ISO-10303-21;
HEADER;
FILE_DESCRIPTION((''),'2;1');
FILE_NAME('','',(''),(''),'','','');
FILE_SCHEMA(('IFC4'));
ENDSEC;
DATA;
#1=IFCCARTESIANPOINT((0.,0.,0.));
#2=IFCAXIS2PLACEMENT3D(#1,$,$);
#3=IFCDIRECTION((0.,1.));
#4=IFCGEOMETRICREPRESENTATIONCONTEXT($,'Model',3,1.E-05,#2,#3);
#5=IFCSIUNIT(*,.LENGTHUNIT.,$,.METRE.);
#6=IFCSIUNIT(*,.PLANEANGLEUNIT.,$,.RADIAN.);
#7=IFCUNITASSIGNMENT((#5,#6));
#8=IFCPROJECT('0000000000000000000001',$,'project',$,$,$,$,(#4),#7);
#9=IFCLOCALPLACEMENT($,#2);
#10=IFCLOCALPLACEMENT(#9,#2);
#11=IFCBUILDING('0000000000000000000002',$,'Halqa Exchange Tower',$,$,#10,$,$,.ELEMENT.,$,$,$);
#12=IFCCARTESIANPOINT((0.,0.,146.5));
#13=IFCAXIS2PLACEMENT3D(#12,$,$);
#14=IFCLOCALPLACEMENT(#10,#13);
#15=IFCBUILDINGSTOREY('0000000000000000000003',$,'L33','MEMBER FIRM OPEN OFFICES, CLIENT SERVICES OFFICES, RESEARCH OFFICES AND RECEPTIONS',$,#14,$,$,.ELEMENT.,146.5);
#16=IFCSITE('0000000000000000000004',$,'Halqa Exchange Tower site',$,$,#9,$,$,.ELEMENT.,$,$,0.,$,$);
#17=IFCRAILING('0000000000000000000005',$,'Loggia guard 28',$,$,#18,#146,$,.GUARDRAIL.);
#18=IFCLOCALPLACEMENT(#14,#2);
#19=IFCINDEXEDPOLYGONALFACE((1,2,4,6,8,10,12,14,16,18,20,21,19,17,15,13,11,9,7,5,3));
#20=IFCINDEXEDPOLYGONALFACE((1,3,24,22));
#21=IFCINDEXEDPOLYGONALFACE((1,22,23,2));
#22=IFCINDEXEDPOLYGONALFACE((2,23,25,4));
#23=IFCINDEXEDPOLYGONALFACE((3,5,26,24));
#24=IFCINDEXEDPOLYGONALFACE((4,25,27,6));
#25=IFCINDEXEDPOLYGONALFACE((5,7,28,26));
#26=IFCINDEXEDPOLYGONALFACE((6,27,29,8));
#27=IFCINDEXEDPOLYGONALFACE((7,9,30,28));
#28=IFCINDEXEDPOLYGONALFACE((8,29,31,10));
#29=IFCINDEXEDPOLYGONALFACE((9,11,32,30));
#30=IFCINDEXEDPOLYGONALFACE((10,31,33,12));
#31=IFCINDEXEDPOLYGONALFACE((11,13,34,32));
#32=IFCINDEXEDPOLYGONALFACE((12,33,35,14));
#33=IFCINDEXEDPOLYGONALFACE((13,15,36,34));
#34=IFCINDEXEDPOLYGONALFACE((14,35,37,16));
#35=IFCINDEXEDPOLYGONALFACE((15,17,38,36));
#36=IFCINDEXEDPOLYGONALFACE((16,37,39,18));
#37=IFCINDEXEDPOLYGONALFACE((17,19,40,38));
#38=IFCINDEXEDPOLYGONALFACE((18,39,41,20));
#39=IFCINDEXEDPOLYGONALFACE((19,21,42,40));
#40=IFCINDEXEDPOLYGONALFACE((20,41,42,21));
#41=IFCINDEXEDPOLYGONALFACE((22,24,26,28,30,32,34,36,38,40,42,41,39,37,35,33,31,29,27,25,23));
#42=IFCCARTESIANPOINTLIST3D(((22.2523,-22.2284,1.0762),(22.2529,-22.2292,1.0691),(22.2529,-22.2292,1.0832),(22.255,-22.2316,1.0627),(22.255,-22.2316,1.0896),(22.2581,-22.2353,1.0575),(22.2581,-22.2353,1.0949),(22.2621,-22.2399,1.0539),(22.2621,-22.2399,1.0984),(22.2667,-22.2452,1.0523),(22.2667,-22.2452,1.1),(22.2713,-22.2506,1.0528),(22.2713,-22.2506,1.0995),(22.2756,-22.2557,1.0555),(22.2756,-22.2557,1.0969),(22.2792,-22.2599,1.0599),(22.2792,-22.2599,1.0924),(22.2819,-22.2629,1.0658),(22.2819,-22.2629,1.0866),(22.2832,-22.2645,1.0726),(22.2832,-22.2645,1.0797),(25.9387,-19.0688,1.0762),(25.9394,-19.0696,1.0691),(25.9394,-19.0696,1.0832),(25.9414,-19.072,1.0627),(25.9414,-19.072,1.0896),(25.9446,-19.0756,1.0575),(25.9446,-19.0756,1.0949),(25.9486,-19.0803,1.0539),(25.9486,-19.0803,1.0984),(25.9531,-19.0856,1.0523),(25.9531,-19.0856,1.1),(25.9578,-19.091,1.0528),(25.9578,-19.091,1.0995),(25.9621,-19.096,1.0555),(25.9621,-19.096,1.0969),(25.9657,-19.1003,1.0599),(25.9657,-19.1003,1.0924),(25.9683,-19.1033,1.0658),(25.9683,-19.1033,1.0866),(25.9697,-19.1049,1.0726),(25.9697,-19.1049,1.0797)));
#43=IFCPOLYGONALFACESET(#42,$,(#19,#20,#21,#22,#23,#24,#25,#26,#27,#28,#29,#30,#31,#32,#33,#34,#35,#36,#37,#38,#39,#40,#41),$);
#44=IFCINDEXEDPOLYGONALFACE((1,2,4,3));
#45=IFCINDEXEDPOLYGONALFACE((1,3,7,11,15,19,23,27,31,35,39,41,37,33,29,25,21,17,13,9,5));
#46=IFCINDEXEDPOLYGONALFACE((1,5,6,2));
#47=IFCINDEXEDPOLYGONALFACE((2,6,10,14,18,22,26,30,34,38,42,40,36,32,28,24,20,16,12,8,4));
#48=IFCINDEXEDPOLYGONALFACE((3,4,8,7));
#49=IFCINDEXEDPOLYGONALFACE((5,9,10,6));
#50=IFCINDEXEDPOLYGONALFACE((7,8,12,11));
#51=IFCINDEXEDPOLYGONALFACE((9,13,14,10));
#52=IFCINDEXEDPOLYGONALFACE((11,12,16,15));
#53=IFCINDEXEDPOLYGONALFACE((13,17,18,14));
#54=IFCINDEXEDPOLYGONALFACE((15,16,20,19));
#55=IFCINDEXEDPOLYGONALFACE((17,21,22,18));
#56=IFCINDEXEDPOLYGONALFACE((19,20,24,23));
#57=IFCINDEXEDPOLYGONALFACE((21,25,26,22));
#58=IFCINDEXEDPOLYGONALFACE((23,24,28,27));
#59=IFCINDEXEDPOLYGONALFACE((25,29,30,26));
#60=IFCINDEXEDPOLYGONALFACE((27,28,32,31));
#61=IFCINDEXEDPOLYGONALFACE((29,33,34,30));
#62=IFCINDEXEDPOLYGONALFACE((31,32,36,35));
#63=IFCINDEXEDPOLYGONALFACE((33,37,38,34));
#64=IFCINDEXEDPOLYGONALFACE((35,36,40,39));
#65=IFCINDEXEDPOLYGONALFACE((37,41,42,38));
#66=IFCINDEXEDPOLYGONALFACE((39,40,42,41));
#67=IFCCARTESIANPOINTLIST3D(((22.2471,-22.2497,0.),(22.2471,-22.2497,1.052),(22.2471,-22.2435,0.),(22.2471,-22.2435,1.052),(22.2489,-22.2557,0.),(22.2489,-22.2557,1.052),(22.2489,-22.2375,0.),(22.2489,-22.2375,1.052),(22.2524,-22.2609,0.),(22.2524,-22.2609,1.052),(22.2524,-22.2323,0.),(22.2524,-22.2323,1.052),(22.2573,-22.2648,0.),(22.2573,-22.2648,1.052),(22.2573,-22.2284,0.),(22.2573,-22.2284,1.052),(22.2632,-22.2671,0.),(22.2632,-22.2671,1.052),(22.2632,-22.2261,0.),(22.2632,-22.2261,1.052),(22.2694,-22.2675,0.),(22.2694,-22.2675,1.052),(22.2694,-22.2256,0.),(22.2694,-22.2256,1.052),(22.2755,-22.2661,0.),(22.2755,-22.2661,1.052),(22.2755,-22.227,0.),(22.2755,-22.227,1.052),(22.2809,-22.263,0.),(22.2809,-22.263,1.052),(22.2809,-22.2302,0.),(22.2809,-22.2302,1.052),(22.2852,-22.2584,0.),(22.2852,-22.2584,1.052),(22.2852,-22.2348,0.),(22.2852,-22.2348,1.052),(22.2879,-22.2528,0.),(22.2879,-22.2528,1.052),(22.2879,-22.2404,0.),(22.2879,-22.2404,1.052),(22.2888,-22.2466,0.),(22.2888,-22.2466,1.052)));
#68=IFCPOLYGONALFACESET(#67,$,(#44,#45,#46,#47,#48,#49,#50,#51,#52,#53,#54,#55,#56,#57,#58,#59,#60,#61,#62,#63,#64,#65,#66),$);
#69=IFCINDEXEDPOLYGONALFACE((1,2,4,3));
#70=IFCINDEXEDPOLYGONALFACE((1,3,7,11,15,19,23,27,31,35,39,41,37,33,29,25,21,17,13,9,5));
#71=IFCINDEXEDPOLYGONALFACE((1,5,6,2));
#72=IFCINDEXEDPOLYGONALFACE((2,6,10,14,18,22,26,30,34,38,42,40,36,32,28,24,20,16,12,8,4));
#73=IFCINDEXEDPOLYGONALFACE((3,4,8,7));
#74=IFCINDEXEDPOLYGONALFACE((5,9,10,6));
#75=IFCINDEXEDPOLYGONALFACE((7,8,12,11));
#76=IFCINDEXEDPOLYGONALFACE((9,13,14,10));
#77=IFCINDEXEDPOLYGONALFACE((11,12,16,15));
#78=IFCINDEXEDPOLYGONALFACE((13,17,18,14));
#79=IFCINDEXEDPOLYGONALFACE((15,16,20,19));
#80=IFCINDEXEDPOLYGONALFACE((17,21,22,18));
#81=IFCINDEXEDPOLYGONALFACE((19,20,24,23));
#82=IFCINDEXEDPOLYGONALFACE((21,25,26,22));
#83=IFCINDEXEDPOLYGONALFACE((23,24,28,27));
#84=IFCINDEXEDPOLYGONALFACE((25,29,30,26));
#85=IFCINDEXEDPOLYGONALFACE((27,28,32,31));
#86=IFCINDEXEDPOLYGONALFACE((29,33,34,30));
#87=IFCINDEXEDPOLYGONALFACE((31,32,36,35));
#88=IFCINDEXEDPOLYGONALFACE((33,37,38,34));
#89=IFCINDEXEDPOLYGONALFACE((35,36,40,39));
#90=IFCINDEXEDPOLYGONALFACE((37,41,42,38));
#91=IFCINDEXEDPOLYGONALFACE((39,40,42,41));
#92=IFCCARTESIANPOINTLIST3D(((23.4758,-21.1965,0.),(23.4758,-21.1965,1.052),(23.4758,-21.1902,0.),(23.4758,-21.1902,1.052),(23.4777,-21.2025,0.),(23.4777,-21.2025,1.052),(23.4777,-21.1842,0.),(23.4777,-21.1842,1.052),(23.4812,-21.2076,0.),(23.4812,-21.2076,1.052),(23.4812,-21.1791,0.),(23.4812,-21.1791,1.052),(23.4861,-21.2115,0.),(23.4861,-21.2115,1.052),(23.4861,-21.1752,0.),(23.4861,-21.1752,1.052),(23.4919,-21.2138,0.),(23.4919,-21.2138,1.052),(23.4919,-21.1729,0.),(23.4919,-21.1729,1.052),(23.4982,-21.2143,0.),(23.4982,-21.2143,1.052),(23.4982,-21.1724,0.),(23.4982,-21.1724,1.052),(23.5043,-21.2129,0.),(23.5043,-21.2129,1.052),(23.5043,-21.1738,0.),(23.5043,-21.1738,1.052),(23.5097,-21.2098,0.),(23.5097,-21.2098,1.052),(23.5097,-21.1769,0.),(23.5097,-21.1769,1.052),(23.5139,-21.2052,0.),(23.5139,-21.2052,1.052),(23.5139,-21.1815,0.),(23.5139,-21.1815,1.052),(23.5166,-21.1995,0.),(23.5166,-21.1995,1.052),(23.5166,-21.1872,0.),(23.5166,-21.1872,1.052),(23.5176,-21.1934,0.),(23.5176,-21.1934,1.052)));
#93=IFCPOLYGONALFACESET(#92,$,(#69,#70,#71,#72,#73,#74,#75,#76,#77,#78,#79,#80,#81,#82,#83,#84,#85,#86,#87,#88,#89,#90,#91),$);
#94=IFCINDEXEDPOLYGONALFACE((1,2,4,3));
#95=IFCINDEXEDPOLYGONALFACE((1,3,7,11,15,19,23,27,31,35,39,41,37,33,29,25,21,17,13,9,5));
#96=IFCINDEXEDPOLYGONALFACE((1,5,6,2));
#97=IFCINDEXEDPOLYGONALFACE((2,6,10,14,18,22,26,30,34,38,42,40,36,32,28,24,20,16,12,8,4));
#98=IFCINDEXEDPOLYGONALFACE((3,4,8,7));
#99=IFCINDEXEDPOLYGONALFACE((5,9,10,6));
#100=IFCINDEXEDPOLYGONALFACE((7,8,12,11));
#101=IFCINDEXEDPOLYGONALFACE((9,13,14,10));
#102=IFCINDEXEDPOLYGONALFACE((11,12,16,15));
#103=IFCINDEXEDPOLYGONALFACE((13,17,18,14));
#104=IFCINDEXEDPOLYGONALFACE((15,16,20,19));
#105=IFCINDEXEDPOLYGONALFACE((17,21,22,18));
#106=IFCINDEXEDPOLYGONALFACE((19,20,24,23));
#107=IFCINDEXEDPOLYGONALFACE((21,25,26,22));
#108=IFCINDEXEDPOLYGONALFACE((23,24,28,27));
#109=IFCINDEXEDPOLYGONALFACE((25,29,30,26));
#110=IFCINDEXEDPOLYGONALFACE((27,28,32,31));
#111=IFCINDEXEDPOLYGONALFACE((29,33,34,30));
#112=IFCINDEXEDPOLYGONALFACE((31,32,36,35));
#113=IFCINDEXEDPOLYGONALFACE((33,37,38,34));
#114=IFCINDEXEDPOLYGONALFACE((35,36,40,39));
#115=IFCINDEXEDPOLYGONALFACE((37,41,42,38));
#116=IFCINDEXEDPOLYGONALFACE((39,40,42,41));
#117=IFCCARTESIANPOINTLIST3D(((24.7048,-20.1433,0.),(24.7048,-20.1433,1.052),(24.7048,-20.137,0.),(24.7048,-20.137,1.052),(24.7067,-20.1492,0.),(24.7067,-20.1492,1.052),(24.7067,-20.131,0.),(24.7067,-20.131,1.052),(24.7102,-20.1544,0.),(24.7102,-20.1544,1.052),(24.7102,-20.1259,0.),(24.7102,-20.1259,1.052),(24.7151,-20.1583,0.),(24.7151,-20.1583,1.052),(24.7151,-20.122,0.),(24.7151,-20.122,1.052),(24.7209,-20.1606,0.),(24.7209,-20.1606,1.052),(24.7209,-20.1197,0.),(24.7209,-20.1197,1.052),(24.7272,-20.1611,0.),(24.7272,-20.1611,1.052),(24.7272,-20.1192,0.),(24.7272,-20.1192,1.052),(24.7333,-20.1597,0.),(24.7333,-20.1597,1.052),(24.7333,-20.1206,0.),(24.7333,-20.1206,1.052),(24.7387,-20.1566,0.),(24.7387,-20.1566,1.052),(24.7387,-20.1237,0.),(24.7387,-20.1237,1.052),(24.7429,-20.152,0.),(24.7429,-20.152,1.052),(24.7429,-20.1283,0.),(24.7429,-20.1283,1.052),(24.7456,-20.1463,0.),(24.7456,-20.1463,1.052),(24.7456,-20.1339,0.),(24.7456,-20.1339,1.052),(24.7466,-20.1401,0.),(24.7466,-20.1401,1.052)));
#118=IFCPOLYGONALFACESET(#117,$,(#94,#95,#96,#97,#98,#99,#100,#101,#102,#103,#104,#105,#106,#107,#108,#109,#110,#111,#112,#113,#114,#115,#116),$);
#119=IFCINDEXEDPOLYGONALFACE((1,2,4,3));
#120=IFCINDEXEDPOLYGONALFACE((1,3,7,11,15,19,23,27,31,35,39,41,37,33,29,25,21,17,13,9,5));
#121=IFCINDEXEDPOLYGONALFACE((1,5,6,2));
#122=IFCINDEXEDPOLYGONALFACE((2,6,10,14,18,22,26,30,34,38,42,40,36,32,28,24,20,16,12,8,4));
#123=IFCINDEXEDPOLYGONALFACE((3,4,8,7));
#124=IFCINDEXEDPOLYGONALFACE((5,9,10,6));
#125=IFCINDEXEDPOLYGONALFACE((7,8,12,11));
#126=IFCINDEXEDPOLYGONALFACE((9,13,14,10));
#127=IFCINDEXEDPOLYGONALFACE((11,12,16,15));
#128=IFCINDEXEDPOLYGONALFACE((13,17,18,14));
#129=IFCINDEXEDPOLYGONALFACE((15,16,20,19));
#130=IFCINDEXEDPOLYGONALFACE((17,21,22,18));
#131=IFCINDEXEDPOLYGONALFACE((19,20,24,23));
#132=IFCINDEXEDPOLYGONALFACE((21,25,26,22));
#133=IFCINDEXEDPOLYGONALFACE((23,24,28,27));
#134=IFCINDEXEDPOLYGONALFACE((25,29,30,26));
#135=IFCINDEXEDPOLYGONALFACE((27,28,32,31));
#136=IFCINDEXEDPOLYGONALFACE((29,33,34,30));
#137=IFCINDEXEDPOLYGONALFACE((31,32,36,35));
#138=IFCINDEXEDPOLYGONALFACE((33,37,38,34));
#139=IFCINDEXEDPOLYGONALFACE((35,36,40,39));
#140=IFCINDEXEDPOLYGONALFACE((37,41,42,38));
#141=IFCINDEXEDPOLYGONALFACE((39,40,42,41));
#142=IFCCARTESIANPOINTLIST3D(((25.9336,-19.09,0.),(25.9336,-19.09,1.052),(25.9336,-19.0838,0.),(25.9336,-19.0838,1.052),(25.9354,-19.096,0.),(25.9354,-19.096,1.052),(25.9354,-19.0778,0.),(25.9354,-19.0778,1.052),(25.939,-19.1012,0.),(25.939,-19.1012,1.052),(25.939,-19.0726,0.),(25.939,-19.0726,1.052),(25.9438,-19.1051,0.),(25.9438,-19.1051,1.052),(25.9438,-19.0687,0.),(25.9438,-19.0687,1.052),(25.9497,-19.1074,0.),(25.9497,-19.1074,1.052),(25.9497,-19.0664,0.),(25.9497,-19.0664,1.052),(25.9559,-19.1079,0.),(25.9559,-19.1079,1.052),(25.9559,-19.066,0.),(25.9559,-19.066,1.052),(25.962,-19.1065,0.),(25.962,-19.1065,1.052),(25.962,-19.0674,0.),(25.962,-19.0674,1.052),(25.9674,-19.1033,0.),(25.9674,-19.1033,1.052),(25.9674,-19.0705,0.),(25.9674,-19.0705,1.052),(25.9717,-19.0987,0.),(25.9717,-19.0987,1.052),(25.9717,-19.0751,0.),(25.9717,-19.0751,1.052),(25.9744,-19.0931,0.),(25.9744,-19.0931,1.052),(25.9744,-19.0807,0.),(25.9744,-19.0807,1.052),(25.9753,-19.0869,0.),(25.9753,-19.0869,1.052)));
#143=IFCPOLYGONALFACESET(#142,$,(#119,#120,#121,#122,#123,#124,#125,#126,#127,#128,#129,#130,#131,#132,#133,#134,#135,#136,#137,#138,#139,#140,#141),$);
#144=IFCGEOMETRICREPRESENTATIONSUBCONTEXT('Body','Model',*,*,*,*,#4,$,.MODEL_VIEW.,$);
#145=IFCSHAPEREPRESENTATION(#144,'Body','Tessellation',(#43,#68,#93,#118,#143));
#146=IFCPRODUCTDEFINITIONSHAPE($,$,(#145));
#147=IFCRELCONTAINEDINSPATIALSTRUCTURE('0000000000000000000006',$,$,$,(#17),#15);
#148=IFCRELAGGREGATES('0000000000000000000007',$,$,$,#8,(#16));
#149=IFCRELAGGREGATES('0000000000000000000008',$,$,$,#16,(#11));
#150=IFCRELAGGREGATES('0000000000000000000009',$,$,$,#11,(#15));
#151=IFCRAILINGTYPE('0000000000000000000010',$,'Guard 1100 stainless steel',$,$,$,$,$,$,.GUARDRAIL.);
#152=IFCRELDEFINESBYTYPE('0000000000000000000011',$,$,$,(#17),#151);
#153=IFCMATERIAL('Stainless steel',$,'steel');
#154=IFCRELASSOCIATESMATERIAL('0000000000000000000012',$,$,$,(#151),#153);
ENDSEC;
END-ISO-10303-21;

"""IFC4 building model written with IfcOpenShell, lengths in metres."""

from ifc_helpers import new_model, si_unit, direction, frame, origin, origin_2d, place, context, subcontext, project, spatial, circle, extrude, material, type_object, element, save


model = new_model("IFC4")

# Units and contexts
model_context = context("Model", 3, precision=1e-05, world=origin(), true_north=direction((0.0, 1.0)))
body_context = subcontext(model_context, "Body", "Model", "MODEL_VIEW")
ifc_project = project(units=[si_unit("LENGTHUNIT", "METRE"), si_unit("PLANEANGLEUNIT", "RADIAN")], contexts=[model_context])

# Site, building, storey
site_placement = place(None, origin())
site = spatial("IfcSite", under=ifc_project, at=site_placement, Name="Halqa Exchange Tower site", CompositionType="ELEMENT", RefElevation=0.0)
building_placement = place(site_placement, origin())
building = spatial("IfcBuilding", under=site, at=building_placement, Name="Halqa Exchange Tower", CompositionType="ELEMENT")
storey_placement = place(building_placement, frame((0.0, 0.0, 146.5)))
storey = spatial("IfcBuildingStorey", under=building, at=storey_placement, Name="L33", Description="MEMBER FIRM OPEN OFFICES, CLIENT SERVICES OFFICES, RESEARCH OFFICES AND RECEPTIONS", CompositionType="ELEMENT", Elevation=146.5)

# Railing
ifc_material_1 = material(Name="Stainless steel", Category="steel")
railing_type = type_object("IfcRailingType", Name="Guard 1100 stainless steel", PredefinedType="GUARDRAIL", material=ifc_material_1)
railing_1_placement = place(storey_placement, frame((22.2678, -22.2466, 0.0)))
element("IfcRailing", 1, at=railing_1_placement, inside=storey, type_object=railing_type, Name="Loggia guard 28", PredefinedType="GUARDRAIL", context=body_context, shape_type="SweptSolid", body=[
    extrude(circle(Radius=0.0239, at=origin_2d()), frame((0.0, 0.0, 1.0762), z_axis=(0.759278, 0.650767, 0.0), x_axis=(-0.650767, 0.759278, 0.0)), (0.0, 0.0, 1.0), 4.8552),
    extrude(circle(Radius=0.021, at=origin_2d()), origin(), (0.0, 0.0, 1.0), 1.052),
    extrude(circle(Radius=0.021, at=origin_2d()), frame((1.2288, 1.0532, 0.0)), (0.0, 0.0, 1.0), 1.052),
    extrude(circle(Radius=0.021, at=origin_2d()), frame((2.4578, 2.1064, 0.0)), (0.0, 0.0, 1.0), 1.052),
    extrude(circle(Radius=0.021, at=origin_2d()), frame((3.6865, 3.1597, 0.0)), (0.0, 0.0, 1.0), 1.052),
])

save(model, "model.ifc")
